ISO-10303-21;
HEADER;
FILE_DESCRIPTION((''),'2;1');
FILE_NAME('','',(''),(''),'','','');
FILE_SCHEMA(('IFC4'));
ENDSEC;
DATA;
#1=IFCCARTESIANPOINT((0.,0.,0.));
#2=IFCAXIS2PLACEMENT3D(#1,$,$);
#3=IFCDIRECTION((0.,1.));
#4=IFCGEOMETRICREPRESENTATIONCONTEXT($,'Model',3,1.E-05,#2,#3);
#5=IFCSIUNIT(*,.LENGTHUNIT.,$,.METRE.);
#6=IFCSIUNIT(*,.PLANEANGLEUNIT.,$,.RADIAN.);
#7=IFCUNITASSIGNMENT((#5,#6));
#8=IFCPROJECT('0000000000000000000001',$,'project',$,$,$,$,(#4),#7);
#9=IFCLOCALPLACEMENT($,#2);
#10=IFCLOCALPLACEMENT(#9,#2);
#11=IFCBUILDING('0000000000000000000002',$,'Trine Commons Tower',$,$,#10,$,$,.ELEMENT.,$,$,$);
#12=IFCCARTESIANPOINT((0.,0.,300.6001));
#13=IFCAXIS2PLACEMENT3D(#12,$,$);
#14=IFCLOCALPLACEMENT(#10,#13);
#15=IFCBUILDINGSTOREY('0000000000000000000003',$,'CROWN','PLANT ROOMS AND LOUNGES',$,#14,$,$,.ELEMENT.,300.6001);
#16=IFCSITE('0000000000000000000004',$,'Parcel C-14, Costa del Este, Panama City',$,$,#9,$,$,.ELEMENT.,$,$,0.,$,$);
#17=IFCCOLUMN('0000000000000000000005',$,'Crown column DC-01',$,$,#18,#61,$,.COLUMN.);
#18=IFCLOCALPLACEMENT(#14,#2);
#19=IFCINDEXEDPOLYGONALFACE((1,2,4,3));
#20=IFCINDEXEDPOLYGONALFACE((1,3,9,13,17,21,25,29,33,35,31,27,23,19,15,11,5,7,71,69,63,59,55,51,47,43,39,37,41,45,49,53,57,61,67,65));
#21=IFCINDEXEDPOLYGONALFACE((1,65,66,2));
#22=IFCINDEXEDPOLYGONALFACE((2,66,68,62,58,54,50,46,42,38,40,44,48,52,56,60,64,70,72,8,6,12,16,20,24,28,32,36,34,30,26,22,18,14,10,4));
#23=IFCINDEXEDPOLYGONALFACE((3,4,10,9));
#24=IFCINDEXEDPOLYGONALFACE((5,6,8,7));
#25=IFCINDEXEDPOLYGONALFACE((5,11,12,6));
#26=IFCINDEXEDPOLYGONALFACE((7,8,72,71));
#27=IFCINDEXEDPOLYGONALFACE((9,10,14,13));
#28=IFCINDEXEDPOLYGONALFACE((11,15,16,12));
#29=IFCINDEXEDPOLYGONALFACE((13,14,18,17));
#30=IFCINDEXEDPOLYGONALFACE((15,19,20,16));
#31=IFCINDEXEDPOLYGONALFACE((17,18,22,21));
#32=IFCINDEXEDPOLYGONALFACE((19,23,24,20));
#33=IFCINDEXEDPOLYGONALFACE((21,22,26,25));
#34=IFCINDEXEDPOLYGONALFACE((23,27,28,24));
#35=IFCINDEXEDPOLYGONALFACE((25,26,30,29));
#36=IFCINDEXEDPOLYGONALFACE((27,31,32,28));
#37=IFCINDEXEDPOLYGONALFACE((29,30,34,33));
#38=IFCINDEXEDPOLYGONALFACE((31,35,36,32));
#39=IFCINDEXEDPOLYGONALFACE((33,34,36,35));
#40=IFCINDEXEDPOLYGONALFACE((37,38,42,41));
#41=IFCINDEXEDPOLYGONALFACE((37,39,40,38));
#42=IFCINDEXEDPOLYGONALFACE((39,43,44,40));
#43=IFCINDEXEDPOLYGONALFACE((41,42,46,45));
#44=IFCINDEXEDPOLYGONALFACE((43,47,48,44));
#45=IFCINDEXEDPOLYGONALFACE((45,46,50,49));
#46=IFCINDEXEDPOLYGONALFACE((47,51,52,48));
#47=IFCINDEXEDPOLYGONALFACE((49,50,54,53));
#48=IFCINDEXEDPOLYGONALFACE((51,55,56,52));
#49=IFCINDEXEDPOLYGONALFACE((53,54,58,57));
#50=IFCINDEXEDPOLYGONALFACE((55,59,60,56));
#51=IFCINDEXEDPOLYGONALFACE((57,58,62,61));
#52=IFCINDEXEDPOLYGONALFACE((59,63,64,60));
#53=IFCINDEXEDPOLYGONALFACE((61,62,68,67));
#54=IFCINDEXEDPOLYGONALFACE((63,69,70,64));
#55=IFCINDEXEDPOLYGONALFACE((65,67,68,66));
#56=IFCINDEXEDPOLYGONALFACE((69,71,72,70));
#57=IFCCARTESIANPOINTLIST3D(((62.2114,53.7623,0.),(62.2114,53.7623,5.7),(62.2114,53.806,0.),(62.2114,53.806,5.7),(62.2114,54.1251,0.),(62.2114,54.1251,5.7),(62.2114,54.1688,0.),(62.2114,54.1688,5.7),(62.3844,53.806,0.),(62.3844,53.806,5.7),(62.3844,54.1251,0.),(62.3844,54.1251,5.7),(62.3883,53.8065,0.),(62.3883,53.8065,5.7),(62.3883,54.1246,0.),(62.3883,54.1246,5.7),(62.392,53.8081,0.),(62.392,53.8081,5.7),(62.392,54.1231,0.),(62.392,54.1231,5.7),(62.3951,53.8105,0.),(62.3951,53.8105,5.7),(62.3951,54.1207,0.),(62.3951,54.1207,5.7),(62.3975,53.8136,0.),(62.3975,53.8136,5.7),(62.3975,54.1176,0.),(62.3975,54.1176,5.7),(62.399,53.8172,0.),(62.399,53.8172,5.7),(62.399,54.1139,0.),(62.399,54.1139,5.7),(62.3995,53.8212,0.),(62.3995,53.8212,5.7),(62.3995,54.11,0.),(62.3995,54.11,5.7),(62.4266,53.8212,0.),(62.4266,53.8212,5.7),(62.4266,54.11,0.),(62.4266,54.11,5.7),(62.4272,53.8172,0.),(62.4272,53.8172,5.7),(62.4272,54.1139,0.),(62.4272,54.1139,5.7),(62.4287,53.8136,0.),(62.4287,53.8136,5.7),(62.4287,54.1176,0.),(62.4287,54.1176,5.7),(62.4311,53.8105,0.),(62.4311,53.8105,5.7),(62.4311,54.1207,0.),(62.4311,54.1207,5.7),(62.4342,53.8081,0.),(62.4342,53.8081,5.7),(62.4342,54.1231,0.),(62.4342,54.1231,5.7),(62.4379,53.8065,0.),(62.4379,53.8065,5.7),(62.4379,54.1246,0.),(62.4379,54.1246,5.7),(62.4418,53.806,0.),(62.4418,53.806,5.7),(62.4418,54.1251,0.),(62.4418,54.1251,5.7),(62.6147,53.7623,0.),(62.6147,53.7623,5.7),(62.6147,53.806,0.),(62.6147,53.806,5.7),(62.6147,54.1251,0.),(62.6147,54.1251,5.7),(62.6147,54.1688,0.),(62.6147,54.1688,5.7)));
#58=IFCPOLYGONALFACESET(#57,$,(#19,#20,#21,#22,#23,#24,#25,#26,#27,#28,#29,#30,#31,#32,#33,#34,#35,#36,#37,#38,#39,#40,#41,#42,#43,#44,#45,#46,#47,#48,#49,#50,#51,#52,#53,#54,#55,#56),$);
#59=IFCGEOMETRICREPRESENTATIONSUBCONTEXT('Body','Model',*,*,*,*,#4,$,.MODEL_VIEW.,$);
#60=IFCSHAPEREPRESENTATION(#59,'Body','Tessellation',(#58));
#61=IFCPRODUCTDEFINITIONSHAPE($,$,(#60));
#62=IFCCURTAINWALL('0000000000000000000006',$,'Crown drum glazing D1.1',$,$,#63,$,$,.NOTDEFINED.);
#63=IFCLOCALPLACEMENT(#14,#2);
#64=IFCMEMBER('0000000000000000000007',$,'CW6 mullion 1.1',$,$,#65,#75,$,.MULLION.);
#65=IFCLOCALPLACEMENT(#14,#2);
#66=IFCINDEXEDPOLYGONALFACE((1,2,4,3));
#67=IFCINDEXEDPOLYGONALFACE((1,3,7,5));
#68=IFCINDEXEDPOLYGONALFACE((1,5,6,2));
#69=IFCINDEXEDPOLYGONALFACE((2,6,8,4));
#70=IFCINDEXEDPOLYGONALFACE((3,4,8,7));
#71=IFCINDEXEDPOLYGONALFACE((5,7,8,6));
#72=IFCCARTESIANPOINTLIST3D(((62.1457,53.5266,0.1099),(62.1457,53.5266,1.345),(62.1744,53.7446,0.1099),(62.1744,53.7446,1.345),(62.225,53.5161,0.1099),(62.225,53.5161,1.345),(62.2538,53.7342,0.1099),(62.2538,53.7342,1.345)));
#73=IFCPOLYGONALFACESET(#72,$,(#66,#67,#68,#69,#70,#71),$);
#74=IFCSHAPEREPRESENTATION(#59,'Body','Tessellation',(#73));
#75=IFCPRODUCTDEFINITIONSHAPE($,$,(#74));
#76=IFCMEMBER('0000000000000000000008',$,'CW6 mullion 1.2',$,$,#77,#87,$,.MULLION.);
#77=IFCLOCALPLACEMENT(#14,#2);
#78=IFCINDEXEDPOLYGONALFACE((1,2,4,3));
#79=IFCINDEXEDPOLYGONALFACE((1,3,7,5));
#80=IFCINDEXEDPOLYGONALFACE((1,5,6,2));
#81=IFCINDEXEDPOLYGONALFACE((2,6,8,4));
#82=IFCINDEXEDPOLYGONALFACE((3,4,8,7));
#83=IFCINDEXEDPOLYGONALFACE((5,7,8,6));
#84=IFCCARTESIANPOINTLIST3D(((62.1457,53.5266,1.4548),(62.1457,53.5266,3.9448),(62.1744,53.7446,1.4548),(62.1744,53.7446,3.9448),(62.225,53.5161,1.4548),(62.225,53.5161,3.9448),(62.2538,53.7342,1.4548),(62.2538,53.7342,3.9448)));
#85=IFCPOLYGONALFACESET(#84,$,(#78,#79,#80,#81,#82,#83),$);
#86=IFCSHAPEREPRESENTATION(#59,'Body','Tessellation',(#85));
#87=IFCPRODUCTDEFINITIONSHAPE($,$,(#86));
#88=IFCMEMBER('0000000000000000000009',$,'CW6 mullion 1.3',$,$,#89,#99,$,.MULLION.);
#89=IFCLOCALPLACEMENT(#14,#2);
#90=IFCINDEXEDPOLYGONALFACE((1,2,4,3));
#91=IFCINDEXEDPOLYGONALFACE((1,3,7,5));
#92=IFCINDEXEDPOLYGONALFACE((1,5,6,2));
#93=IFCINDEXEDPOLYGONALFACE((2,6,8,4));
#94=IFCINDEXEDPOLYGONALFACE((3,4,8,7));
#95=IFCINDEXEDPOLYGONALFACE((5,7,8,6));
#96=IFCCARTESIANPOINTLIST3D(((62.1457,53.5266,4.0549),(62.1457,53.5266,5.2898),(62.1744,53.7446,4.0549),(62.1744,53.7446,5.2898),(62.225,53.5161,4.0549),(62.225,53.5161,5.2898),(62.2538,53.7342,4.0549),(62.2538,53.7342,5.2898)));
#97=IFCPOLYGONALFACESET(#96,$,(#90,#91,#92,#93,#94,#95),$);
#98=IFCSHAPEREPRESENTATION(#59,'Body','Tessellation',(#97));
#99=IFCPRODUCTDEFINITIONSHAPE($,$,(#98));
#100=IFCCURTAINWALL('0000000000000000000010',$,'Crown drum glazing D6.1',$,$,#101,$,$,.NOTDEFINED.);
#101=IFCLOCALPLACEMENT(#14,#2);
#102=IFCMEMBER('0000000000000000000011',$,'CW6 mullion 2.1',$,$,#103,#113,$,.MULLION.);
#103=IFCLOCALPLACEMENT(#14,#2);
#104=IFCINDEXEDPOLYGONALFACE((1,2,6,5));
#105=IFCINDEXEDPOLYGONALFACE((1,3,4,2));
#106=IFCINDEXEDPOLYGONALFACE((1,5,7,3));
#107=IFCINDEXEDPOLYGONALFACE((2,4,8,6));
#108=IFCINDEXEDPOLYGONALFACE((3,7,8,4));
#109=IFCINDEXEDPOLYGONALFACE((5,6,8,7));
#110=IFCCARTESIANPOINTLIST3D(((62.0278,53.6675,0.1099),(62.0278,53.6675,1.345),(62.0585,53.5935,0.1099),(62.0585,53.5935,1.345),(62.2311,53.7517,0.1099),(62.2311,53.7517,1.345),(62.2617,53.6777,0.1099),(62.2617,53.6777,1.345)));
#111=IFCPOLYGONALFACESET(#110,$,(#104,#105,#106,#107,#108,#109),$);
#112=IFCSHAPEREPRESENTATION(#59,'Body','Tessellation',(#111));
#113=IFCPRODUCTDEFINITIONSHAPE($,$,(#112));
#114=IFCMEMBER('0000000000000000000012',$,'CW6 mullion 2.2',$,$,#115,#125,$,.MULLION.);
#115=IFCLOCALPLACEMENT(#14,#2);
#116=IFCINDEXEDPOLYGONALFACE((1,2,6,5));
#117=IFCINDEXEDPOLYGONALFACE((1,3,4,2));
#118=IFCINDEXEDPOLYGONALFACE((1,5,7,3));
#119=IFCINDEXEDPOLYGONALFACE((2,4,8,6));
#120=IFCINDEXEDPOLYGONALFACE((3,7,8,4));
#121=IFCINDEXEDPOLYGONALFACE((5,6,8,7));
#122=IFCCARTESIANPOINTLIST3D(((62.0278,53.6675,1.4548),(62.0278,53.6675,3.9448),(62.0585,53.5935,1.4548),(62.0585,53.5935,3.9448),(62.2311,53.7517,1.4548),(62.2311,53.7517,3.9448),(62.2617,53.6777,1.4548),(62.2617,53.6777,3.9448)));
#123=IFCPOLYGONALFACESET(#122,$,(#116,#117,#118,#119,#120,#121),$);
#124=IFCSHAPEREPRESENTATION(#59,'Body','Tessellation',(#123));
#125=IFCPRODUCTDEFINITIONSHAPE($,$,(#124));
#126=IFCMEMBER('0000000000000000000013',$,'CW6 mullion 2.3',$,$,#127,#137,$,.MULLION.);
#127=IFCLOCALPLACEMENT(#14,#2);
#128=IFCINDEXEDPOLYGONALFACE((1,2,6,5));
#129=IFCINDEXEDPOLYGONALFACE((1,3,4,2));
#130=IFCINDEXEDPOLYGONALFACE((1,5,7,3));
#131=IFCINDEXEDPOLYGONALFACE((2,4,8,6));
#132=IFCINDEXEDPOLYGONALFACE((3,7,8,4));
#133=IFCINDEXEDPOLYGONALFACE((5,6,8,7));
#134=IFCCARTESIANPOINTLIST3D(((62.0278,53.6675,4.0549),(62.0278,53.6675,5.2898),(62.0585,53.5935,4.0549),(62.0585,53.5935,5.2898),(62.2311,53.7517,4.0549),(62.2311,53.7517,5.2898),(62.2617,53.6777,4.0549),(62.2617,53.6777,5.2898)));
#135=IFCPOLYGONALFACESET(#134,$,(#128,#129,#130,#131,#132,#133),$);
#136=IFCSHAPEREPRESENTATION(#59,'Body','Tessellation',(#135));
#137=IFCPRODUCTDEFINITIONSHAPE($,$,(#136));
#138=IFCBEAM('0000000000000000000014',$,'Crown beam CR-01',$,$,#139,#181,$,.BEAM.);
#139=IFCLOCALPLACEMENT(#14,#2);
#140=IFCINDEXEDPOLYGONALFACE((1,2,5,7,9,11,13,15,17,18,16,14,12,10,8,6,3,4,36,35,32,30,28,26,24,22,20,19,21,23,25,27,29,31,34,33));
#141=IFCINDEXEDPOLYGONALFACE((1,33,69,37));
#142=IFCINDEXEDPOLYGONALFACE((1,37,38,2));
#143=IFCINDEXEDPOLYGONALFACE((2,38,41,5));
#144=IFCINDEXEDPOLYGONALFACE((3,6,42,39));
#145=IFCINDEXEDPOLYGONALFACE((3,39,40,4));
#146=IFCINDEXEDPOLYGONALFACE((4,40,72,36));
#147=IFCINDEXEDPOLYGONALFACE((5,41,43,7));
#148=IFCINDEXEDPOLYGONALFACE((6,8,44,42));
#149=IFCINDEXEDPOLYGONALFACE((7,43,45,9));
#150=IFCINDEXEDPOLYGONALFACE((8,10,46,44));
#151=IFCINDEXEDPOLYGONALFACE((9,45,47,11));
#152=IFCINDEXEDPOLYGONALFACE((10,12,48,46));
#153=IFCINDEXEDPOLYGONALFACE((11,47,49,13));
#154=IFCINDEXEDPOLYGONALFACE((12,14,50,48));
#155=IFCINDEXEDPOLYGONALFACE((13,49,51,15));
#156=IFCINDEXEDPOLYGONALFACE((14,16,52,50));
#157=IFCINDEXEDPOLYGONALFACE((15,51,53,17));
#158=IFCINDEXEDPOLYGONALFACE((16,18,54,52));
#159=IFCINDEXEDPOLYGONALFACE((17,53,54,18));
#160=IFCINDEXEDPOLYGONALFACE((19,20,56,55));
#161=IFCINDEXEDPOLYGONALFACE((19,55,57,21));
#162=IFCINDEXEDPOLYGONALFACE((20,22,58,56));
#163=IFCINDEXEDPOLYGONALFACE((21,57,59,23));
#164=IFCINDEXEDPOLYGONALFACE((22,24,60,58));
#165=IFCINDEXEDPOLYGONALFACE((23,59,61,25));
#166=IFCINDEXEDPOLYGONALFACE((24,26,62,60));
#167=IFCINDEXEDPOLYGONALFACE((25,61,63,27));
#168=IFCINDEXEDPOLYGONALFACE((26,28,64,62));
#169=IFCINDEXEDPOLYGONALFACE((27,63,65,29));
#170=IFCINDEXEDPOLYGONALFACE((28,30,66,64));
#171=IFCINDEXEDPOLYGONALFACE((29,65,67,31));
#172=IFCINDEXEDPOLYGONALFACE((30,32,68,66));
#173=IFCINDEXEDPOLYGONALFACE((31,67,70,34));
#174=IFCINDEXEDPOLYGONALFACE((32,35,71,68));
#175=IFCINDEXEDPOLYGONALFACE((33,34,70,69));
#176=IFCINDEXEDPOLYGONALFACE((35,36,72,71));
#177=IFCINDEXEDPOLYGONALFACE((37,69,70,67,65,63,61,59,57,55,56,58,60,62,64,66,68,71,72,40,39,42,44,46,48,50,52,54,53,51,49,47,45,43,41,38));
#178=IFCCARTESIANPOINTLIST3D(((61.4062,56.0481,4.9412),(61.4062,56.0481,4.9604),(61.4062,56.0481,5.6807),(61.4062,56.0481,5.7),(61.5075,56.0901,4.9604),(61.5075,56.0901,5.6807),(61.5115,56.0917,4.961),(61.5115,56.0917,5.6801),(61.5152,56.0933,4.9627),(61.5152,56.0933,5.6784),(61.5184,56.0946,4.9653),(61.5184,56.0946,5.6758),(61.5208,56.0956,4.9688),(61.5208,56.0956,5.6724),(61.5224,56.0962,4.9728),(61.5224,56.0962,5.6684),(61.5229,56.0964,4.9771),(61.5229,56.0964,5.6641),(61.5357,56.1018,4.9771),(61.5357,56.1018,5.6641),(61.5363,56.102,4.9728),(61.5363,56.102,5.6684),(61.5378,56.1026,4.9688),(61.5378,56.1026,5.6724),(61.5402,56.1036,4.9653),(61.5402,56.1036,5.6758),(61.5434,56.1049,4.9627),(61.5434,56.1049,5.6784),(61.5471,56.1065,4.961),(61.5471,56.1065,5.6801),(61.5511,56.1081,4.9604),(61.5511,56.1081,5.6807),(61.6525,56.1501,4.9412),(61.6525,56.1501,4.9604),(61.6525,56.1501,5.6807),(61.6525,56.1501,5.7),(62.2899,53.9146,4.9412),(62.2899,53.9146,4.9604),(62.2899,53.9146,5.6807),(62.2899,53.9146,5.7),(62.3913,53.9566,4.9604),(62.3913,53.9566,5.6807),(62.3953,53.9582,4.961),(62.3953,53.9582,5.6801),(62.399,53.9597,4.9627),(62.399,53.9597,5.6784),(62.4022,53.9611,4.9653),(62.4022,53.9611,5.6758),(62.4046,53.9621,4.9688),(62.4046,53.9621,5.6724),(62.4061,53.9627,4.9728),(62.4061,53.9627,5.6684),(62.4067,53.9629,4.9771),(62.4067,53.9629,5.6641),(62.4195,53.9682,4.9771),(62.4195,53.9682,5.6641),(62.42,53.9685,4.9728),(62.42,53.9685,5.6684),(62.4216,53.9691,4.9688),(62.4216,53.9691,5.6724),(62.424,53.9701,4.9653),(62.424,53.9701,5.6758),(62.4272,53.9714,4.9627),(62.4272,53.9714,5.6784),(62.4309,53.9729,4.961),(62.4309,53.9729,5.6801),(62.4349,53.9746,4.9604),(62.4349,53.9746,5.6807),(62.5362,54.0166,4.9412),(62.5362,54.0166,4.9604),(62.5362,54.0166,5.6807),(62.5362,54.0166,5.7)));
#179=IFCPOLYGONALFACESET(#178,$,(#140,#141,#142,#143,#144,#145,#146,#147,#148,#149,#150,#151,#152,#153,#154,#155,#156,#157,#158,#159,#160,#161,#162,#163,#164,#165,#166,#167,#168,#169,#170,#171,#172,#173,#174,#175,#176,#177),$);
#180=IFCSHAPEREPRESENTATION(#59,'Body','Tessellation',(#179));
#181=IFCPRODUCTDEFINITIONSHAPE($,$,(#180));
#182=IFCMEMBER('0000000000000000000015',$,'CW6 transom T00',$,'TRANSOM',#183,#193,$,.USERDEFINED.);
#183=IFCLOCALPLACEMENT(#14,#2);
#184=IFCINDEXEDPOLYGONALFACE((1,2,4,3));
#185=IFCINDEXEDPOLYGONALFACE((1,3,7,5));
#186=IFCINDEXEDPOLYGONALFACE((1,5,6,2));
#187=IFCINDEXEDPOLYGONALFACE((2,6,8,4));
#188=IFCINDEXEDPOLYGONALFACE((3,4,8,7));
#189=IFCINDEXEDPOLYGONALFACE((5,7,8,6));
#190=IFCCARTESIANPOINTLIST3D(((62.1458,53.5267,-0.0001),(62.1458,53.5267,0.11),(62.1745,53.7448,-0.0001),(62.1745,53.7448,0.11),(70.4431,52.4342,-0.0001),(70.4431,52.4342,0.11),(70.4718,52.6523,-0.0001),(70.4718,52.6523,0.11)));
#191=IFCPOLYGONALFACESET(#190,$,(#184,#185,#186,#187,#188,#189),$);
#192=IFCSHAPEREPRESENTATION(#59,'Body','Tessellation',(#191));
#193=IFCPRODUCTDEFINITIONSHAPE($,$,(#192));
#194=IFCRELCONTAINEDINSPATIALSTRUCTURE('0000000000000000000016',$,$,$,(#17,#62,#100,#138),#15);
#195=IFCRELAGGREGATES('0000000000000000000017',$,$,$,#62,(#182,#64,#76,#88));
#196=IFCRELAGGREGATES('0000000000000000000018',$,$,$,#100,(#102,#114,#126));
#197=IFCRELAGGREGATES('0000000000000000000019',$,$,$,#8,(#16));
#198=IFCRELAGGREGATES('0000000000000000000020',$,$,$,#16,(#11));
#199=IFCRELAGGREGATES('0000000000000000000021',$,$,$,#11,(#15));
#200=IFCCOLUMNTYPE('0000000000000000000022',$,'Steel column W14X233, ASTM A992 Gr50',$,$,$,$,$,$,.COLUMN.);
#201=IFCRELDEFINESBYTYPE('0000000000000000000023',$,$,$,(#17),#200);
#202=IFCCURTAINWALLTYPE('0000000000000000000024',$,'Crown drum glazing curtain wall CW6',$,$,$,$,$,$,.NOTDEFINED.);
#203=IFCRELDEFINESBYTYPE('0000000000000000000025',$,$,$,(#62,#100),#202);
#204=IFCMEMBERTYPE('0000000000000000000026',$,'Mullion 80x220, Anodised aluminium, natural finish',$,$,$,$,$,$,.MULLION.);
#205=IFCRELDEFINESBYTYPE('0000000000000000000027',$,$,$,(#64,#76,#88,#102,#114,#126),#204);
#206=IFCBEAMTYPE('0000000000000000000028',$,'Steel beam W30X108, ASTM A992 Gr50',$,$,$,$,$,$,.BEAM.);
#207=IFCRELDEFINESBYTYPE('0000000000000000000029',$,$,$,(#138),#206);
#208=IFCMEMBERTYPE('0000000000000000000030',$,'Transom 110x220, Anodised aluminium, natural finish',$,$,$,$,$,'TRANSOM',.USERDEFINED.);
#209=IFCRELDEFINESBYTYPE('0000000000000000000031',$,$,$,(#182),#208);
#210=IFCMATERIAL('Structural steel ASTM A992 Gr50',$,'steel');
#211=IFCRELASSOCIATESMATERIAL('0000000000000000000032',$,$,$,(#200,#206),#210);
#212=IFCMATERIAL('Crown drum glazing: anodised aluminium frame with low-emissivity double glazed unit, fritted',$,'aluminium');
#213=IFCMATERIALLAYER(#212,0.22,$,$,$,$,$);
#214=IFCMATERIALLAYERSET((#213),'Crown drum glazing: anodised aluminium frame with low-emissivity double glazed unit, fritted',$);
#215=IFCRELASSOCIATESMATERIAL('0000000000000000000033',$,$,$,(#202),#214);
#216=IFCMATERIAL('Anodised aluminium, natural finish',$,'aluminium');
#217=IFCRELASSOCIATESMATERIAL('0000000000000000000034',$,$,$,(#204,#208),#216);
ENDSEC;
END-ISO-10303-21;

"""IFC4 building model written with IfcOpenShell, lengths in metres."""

from ifc_helpers import new_model, si_unit, direction, frame, origin, origin_2d, place, context, subcontext, project, spatial, rectangle, i_section, extrude, material, layer, layer_set, material_profile, profile_set, type_object, element, aggregate, save


model = new_model("IFC4")

# Units and contexts
model_context = context("Model", 3, precision=1e-05, world=origin(), true_north=direction((0.0, 1.0)))
body_context = subcontext(model_context, "Body", "Model", "MODEL_VIEW")
ifc_project = project(units=[si_unit("LENGTHUNIT", "METRE"), si_unit("PLANEANGLEUNIT", "RADIAN")], contexts=[model_context])

# Site, building, storey
site_placement = place(None, origin())
site = spatial("IfcSite", under=ifc_project, at=site_placement, Name="Parcel C-14, Costa del Este, Panama City", CompositionType="ELEMENT", RefElevation=0.0)
building_placement = place(site_placement, origin())
building = spatial("IfcBuilding", under=site, at=building_placement, Name="Trine Commons Tower", CompositionType="ELEMENT")
storey_placement = place(building_placement, frame((0.0, 0.0, 300.6001)))
storey = spatial("IfcBuildingStorey", under=building, at=storey_placement, Name="CROWN", Description="PLANT ROOMS AND LOUNGES", CompositionType="ELEMENT", Elevation=300.6001)

# Column
ifc_material_1 = material(Name="Structural steel ASTM A992 Gr50", Category="steel")
ifc_material_profile_1 = material_profile(ifc_material_1, i_section(OverallWidth=0.4033, OverallDepth=0.4065, WebThickness=0.0271, FlangeThickness=0.0437, FilletRadius=0.0151, at=origin_2d()), Name="W14X233")
ifc_profile_set_1 = profile_set([ifc_material_profile_1], Name="Structural steel ASTM A992 Gr50")
column_type = type_object("IfcColumnType", Name="Steel column W14X233, ASTM A992 Gr50", PredefinedType="COLUMN", material=ifc_profile_set_1)
column_placement = place(storey_placement, frame((62.4131, 53.9656, 0.0), z_axis=(0.0, 0.0, 1.0), x_axis=(1.0, 0.0, 0.0)))
element("IfcColumn", 1, at=column_placement, inside=storey, type_object=column_type, Name="Crown column DC-01", PredefinedType="COLUMN", context=body_context, shape_type="SweptSolid", body=[
    extrude(i_section(OverallWidth=0.4033, OverallDepth=0.4065, WebThickness=0.0271, FlangeThickness=0.0437, FilletRadius=0.0151, at=origin_2d()), origin(), (0.0, 0.0, 1.0), 5.7),
])

# Curtain walls, members
ifc_material_2 = material(Name="Crown drum glazing: anodised aluminium frame with low-emissivity double glazed unit, fritted", Category="aluminium")
ifc_layer_1 = layer(ifc_material_2, 0.22)
ifc_layer_set_1 = layer_set([ifc_layer_1], Name="Crown drum glazing: anodised aluminium frame with low-emissivity double glazed unit, fritted")
curtain_wall_type = type_object("IfcCurtainWallType", Name="Crown drum glazing curtain wall CW6", PredefinedType="NOTDEFINED", material=ifc_layer_set_1)
curtain_wall_1_placement = place(storey_placement, origin())
curtain_wall_1 = element("IfcCurtainWall", 2, at=curtain_wall_1_placement, inside=storey, type_object=curtain_wall_type, Name="Crown drum glazing D1.1", PredefinedType="NOTDEFINED")
ifc_material_3 = material(Name="Anodised aluminium, natural finish", Category="aluminium")
ifc_material_profile_2 = material_profile(ifc_material_3, rectangle(XDim=0.22, YDim=0.0801, at=origin_2d()), Name="Mullion 80x220")
ifc_profile_set_2 = profile_set([ifc_material_profile_2], Name="Anodised aluminium, natural finish")
member_type_1 = type_object("IfcMemberType", Name="Mullion 80x220, Anodised aluminium, natural finish", PredefinedType="MULLION", material=ifc_profile_set_2)
member_1_placement = place(storey_placement, frame((62.1997, 53.6304, 0.1099), z_axis=(0.0, 0.0, 1.0), x_axis=(0.130526, 0.991445, 0.0)))
member_1 = element("IfcMember", 3, at=member_1_placement, type_object=member_type_1, Name="CW6 mullion 1.1", PredefinedType="MULLION", context=body_context, shape_type="SweptSolid", body=[
    extrude(rectangle(XDim=0.22, YDim=0.0801, at=origin_2d()), origin(), (0.0, 0.0, 1.0), 1.2351),
])
member_2_placement = place(storey_placement, frame((62.1997, 53.6304, 1.4548), z_axis=(0.0, 0.0, 1.0), x_axis=(0.130526, 0.991445, 0.0)))
member_2 = element("IfcMember", 4, at=member_2_placement, type_object=member_type_1, Name="CW6 mullion 1.2", PredefinedType="MULLION", context=body_context, shape_type="SweptSolid", body=[
    extrude(rectangle(XDim=0.22, YDim=0.0801, at=origin_2d()), origin(), (0.0, 0.0, 1.0), 2.49),
])
member_3_placement = place(storey_placement, frame((62.1997, 53.6304, 4.0549), z_axis=(0.0, 0.0, 1.0), x_axis=(0.130526, 0.991445, 0.0)))
member_3 = element("IfcMember", 5, at=member_3_placement, type_object=member_type_1, Name="CW6 mullion 1.3", PredefinedType="MULLION", context=body_context, shape_type="SweptSolid", body=[
    extrude(rectangle(XDim=0.22, YDim=0.0801, at=origin_2d()), origin(), (0.0, 0.0, 1.0), 1.2349),
])
curtain_wall_2_placement = place(storey_placement, origin())
curtain_wall_2 = element("IfcCurtainWall", 6, at=curtain_wall_2_placement, inside=storey, type_object=curtain_wall_type, Name="Crown drum glazing D6.1", PredefinedType="NOTDEFINED")
member_4_placement = place(storey_placement, frame((62.1448, 53.6726, 0.1099), z_axis=(0.0, 0.0, 1.0), x_axis=(0.92388, 0.382683, 0.0)))
member_4 = element("IfcMember", 7, at=member_4_placement, type_object=member_type_1, Name="CW6 mullion 2.1", PredefinedType="MULLION", context=body_context, shape_type="SweptSolid", body=[
    extrude(rectangle(XDim=0.22, YDim=0.0801, at=origin_2d()), origin(), (0.0, 0.0, 1.0), 1.2351),
])
member_5_placement = place(storey_placement, frame((62.1448, 53.6726, 1.4548), z_axis=(0.0, 0.0, 1.0), x_axis=(0.92388, 0.382683, 0.0)))
member_5 = element("IfcMember", 8, at=member_5_placement, type_object=member_type_1, Name="CW6 mullion 2.2", PredefinedType="MULLION", context=body_context, shape_type="SweptSolid", body=[
    extrude(rectangle(XDim=0.22, YDim=0.0801, at=origin_2d()), origin(), (0.0, 0.0, 1.0), 2.49),
])
member_6_placement = place(storey_placement, frame((62.1448, 53.6726, 4.0549), z_axis=(0.0, 0.0, 1.0), x_axis=(0.92388, 0.382683, 0.0)))
member_6 = element("IfcMember", 9, at=member_6_placement, type_object=member_type_1, Name="CW6 mullion 2.3", PredefinedType="MULLION", context=body_context, shape_type="SweptSolid", body=[
    extrude(rectangle(XDim=0.22, YDim=0.0801, at=origin_2d()), origin(), (0.0, 0.0, 1.0), 1.2349),
])

# Beam
ifc_material_profile_3 = material_profile(ifc_material_1, i_section(OverallWidth=0.2666, OverallDepth=0.7588, WebThickness=0.0139, FlangeThickness=0.0193, FilletRadius=0.0166, at=origin_2d()), Name="W30X108")
ifc_profile_set_3 = profile_set([ifc_material_profile_3], Name="Structural steel ASTM A992 Gr50")
beam_type = type_object("IfcBeamType", Name="Steel beam W30X108, ASTM A992 Gr50", PredefinedType="BEAM", material=ifc_profile_set_3)
beam_placement = place(storey_placement, frame((62.4131, 53.9656, 5.3206), z_axis=(-0.3827, 0.923873, 0.0), x_axis=(-0.923873, -0.3827, 0.0)))
element("IfcBeam", 10, at=beam_placement, inside=storey, type_object=beam_type, Name="Crown beam CR-01", PredefinedType="BEAM", context=body_context, shape_type="SweptSolid", body=[
    extrude(i_section(OverallWidth=0.2666, OverallDepth=0.7588, WebThickness=0.0139, FlangeThickness=0.0193, FilletRadius=0.0166, at=origin_2d()), origin(), (0.0, 0.0, 1.0), 2.3093),
])

# Member
ifc_material_profile_4 = material_profile(ifc_material_3, rectangle(XDim=0.22, YDim=0.1101, at=origin_2d()), Name="Transom 110x220")
ifc_profile_set_4 = profile_set([ifc_material_profile_4], Name="Anodised aluminium, natural finish")
member_type_2 = type_object("IfcMemberType", Name="Transom 110x220, Anodised aluminium, natural finish", ElementType="TRANSOM", PredefinedType="USERDEFINED", material=ifc_profile_set_4)
member_7_placement = place(storey_placement, frame((62.1602, 53.6357, 0.0549), z_axis=(0.991442, -0.130545, 0.0), x_axis=(0.130545, 0.991442, 0.0)))
member_7 = element("IfcMember", 11, at=member_7_placement, type_object=member_type_2, Name="CW6 transom T00", ObjectType="TRANSOM", PredefinedType="USERDEFINED", context=body_context, shape_type="SweptSolid", body=[
    extrude(rectangle(XDim=0.22, YDim=0.1101, at=origin_2d()), origin(), (0.0, 0.0, 1.0), 8.3689),
])

aggregate(curtain_wall_1, [member_7, member_1, member_2, member_3])
aggregate(curtain_wall_2, [member_4, member_5, member_6])

save(model, "model.ifc")
